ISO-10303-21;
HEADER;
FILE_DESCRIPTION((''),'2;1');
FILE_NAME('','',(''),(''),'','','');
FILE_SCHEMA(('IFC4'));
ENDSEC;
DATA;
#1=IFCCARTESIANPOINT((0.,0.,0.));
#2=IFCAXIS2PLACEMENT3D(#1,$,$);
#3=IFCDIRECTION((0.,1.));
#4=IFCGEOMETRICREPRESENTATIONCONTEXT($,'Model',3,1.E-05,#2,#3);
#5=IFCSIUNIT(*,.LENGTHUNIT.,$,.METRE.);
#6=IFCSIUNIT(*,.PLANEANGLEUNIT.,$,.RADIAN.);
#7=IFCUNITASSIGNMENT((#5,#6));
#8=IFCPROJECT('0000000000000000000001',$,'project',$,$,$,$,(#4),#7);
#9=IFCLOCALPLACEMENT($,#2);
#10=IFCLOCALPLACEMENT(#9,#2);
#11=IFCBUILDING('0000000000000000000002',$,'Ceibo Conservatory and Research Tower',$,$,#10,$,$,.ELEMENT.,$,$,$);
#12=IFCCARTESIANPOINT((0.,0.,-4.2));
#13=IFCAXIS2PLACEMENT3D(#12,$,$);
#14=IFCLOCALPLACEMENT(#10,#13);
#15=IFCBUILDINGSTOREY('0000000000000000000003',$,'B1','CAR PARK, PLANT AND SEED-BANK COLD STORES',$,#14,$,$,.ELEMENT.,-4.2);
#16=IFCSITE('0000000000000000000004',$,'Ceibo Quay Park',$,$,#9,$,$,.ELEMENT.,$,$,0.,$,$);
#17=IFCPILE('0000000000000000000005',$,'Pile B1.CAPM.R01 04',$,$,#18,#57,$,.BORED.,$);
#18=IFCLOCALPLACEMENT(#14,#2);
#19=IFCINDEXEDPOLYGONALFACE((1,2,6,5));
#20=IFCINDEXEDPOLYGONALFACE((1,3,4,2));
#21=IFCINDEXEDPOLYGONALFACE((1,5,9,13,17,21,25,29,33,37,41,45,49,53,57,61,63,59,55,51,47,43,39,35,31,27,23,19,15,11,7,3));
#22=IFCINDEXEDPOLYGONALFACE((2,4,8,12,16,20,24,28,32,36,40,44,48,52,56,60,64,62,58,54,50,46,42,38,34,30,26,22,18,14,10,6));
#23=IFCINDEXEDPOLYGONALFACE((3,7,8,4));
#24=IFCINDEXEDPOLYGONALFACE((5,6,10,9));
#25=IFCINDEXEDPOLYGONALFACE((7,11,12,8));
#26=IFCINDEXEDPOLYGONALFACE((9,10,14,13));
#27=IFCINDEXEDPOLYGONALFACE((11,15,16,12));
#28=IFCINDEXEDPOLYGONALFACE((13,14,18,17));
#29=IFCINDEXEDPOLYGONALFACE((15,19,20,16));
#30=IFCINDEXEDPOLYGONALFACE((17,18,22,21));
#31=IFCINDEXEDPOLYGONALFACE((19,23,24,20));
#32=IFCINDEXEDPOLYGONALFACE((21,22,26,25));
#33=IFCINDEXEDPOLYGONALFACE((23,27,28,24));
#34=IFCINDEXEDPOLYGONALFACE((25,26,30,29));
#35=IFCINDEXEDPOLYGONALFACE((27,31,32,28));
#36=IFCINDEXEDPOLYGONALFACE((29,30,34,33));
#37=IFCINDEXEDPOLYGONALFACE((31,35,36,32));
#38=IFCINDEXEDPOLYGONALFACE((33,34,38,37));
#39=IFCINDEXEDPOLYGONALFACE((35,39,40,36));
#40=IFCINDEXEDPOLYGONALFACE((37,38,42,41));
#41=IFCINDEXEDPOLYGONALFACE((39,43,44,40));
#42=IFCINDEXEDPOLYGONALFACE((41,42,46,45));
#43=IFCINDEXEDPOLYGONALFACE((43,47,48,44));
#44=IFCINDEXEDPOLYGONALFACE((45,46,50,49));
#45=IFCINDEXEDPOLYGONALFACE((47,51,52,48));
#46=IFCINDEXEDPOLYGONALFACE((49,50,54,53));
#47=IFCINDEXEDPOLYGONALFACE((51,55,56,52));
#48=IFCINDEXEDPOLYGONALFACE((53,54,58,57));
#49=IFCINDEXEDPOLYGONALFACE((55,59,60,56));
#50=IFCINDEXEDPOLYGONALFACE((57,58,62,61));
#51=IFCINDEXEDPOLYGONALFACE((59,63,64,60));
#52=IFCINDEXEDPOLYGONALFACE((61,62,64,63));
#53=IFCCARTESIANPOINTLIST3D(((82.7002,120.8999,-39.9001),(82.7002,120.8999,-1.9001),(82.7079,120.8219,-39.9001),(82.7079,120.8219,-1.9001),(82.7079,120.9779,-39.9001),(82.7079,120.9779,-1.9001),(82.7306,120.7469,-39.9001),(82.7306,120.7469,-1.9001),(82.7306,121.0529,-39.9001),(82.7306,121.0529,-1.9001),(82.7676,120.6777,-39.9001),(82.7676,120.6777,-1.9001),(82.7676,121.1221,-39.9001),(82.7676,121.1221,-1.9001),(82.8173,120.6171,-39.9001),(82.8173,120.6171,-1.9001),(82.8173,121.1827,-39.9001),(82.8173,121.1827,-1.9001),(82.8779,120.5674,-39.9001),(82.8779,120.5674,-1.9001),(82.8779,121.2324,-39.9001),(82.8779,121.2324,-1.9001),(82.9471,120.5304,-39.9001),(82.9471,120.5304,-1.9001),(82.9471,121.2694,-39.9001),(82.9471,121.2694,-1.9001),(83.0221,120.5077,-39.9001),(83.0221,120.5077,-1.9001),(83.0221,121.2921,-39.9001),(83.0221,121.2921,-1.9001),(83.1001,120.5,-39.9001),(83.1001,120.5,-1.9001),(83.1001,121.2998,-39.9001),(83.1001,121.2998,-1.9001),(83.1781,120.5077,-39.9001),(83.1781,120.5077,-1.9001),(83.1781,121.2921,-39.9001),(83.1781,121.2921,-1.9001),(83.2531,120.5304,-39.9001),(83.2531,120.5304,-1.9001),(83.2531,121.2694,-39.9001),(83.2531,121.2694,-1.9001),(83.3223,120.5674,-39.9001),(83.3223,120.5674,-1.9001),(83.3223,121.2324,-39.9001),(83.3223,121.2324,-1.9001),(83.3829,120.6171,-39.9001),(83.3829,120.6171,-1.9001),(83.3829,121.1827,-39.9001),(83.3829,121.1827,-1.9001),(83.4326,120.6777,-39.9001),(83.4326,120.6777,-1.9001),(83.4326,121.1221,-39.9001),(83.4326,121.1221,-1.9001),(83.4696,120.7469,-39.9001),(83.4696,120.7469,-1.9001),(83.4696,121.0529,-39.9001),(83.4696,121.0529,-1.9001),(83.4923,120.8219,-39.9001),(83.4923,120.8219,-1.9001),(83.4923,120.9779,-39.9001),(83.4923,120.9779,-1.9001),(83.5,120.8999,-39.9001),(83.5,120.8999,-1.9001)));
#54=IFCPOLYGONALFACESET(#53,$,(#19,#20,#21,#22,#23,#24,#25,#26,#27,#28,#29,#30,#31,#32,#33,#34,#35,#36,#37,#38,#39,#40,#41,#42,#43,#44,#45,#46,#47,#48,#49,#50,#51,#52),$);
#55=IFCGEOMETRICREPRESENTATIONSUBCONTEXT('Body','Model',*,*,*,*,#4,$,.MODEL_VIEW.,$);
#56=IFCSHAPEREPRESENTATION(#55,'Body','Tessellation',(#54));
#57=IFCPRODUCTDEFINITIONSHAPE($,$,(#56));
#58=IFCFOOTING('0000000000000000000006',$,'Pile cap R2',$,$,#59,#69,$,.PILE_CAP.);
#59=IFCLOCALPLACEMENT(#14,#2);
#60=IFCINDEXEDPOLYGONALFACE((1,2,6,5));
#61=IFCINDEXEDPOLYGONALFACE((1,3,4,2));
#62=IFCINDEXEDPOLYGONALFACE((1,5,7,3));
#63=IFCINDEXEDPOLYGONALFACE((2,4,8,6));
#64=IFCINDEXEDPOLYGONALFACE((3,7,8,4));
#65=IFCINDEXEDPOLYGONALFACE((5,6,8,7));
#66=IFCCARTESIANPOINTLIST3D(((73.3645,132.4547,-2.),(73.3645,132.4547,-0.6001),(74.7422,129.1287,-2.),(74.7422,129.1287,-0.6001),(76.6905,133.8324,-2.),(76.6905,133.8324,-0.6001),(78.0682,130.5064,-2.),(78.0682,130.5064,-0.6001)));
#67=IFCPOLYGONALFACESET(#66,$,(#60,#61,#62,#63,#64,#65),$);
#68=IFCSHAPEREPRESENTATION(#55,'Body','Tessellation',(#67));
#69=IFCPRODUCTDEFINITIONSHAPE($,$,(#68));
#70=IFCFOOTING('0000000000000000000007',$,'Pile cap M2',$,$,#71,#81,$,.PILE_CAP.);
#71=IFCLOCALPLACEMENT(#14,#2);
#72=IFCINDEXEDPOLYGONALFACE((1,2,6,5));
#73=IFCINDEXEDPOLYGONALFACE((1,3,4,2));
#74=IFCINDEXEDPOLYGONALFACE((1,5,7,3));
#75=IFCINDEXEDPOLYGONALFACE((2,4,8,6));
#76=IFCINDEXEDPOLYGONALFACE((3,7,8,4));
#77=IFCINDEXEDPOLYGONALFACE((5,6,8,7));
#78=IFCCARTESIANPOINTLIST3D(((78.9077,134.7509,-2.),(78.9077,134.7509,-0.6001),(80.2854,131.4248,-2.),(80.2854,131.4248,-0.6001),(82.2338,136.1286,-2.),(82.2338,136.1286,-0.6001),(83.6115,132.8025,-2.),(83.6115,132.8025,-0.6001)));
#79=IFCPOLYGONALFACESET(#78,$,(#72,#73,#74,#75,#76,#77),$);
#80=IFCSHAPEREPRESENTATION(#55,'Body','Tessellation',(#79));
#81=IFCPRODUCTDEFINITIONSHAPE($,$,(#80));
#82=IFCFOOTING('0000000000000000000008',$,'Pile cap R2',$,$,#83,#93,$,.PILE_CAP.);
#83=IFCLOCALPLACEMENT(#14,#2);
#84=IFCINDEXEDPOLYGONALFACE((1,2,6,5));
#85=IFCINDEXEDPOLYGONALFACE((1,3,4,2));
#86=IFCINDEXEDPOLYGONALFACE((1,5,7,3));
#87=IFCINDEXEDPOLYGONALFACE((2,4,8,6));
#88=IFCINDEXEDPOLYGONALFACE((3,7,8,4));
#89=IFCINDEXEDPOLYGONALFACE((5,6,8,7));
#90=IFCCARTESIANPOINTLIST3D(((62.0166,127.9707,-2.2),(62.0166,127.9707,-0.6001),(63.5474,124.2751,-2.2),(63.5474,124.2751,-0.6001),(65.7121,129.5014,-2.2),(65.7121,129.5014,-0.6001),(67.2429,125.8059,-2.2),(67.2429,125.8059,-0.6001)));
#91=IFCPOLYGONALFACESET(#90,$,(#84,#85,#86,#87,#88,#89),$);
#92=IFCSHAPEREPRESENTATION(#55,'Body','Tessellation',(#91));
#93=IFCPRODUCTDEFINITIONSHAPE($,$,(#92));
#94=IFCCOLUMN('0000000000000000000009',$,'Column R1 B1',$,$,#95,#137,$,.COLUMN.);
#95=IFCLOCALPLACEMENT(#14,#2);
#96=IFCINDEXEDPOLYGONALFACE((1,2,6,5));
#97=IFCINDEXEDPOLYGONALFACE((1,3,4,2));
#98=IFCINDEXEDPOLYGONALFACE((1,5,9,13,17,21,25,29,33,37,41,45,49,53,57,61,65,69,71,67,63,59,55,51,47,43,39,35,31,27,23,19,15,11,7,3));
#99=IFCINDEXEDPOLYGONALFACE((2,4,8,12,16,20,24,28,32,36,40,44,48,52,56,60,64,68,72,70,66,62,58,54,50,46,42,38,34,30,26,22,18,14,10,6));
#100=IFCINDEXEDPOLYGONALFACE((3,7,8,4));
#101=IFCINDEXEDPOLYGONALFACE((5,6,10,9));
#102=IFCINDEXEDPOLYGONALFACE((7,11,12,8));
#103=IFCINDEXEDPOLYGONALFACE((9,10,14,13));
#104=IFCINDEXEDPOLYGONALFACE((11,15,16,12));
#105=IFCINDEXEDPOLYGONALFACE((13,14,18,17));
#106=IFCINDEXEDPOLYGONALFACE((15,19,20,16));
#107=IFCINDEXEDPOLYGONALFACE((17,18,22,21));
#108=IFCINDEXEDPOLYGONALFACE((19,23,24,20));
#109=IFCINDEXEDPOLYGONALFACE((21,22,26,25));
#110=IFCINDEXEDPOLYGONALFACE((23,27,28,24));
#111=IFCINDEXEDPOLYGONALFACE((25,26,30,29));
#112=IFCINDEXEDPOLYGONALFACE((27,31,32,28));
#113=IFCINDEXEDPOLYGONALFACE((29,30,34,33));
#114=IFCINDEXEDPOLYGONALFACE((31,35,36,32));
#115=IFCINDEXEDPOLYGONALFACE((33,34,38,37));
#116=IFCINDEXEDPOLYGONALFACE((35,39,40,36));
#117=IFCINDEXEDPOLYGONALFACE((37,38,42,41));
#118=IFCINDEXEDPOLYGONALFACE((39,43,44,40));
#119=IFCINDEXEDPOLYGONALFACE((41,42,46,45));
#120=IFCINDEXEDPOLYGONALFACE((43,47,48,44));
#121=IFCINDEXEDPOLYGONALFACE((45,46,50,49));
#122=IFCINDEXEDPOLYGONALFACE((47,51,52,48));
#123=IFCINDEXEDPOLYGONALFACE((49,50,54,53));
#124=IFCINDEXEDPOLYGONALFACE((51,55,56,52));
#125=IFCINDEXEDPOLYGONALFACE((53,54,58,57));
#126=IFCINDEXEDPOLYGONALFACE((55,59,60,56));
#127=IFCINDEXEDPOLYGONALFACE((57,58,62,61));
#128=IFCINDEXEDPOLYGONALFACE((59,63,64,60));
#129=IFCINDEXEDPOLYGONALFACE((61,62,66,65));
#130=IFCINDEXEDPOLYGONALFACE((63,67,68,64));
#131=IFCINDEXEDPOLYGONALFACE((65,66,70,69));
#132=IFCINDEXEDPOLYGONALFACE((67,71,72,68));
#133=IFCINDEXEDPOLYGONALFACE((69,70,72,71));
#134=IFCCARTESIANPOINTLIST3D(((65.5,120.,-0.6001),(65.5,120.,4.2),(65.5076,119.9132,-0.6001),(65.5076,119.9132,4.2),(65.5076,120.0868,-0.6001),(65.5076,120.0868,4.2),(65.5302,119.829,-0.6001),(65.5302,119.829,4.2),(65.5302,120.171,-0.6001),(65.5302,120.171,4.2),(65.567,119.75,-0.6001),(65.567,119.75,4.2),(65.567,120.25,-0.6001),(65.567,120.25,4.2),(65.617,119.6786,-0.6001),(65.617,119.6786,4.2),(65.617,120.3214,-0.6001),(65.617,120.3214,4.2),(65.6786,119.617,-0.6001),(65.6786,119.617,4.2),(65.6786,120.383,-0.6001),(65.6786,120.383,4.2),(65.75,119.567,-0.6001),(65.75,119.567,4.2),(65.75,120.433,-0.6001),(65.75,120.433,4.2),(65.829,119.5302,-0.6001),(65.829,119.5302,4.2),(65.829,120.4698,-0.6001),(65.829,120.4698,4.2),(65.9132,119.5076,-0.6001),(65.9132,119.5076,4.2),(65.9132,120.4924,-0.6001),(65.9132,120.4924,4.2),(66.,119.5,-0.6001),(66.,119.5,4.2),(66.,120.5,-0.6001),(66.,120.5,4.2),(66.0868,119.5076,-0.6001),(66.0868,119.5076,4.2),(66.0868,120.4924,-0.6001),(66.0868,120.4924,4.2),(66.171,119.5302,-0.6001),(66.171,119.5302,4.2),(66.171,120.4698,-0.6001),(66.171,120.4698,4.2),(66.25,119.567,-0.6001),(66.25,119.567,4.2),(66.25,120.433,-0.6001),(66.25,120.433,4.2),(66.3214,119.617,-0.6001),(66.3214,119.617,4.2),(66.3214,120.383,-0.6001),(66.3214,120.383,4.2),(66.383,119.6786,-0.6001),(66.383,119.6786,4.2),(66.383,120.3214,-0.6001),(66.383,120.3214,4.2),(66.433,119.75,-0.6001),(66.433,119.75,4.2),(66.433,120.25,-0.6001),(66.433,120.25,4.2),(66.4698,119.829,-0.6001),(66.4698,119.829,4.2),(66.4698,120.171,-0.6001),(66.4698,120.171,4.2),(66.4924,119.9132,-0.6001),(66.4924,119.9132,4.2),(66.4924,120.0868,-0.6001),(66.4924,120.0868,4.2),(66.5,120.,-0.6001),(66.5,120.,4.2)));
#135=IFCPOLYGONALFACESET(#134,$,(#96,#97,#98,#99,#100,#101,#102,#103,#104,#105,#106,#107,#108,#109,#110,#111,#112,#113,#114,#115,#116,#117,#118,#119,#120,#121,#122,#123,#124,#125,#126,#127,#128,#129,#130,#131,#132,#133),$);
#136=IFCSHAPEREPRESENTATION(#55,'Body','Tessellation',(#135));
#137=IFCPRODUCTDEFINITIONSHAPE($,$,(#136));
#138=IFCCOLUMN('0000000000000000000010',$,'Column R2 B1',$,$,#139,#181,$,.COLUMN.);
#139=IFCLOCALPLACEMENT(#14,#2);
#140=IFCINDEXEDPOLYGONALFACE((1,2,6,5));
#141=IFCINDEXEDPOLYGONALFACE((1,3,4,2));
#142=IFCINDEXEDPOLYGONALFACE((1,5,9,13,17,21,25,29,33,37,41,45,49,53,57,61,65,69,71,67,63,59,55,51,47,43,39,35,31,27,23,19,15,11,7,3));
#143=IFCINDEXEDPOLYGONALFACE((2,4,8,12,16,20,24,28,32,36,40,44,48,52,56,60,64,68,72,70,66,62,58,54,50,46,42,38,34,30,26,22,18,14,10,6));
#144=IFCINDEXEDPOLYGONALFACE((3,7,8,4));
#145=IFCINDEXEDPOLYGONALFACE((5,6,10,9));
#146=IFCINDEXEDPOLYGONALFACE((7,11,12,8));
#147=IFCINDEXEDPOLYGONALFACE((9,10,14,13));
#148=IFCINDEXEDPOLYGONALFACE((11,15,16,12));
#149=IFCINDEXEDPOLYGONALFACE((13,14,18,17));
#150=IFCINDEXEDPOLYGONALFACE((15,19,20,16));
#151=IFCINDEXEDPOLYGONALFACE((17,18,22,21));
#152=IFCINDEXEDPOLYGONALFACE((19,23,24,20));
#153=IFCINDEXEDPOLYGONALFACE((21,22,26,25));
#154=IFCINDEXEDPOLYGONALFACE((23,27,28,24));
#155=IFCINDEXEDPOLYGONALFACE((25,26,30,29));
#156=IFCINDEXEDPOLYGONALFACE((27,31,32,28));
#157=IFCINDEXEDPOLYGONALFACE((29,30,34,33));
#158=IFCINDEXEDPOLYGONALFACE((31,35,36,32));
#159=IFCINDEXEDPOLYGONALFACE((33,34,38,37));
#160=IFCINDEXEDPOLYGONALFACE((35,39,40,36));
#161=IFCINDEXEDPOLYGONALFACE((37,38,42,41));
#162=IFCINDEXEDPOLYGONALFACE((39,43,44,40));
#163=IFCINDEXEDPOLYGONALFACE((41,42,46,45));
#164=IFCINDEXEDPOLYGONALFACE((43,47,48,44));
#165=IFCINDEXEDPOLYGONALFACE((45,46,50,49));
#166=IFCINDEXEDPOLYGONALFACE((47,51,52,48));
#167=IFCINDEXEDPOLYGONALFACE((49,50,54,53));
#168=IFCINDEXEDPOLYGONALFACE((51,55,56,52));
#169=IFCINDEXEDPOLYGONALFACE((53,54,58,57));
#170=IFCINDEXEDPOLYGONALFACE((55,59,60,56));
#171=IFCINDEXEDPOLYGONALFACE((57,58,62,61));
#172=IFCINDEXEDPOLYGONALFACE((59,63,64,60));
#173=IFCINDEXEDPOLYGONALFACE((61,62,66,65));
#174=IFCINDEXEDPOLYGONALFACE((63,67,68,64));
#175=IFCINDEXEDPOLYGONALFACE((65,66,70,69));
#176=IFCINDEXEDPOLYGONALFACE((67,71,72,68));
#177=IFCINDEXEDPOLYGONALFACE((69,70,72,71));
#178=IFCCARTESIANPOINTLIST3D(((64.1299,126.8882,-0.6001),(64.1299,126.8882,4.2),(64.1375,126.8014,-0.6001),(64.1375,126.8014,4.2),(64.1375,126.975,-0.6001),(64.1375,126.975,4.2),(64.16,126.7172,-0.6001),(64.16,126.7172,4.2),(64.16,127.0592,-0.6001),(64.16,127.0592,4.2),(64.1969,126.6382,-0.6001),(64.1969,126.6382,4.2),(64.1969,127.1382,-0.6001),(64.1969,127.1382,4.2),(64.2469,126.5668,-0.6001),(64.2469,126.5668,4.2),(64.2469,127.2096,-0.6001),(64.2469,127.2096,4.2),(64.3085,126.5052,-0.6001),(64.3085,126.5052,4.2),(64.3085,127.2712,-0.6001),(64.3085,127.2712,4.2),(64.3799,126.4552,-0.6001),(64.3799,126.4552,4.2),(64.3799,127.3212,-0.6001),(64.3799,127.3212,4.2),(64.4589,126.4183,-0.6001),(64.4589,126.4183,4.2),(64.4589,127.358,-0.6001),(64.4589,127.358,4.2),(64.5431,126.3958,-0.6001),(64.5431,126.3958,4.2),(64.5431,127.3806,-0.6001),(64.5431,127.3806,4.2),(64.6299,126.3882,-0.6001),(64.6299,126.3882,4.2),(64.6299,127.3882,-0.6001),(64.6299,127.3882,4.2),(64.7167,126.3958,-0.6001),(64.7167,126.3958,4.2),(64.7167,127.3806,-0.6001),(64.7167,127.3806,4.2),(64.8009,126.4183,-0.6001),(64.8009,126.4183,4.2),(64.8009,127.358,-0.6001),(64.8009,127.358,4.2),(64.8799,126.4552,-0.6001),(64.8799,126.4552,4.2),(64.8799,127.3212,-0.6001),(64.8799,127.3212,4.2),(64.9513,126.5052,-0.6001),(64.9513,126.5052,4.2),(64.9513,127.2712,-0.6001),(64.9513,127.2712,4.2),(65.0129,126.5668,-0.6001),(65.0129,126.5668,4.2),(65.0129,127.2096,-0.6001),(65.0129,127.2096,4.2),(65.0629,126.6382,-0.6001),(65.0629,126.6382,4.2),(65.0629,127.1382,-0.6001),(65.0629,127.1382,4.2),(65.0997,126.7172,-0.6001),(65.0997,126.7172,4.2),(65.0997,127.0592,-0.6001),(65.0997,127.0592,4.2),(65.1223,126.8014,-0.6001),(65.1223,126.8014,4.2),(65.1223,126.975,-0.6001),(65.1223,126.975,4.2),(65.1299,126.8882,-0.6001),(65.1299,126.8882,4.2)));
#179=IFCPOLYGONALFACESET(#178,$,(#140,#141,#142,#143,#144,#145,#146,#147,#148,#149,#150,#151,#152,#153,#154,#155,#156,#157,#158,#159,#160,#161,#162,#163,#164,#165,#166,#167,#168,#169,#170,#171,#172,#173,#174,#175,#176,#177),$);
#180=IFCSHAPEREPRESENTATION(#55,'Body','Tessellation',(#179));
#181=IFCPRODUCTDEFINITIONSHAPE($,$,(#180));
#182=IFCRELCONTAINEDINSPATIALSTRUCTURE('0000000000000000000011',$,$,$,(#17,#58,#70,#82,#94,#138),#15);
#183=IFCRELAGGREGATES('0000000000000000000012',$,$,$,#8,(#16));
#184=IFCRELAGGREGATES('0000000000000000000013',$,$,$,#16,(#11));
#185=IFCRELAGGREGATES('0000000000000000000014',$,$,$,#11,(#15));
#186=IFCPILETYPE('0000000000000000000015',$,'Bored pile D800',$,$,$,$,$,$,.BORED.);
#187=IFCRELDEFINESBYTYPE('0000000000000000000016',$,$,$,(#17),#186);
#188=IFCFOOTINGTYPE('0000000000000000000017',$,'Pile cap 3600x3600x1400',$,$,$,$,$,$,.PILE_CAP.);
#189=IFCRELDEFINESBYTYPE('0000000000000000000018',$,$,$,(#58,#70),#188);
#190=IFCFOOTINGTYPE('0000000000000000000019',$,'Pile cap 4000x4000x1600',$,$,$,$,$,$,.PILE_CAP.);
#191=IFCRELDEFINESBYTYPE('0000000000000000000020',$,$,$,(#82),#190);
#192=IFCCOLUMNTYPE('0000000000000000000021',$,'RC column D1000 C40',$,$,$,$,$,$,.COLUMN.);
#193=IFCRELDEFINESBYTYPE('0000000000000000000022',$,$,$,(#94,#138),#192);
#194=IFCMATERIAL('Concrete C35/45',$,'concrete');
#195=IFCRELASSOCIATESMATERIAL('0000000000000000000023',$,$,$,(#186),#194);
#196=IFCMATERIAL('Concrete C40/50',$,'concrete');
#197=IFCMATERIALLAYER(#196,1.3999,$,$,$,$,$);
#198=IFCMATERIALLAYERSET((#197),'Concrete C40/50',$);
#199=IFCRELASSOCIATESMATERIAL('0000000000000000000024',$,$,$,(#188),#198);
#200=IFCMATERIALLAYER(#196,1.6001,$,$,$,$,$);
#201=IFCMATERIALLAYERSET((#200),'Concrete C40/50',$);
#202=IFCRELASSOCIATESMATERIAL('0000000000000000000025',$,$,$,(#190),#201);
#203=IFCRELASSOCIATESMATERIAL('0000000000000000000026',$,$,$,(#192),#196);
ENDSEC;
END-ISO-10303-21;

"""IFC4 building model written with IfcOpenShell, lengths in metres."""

from ifc_helpers import new_model, si_unit, direction, frame, origin, origin_2d, place, context, subcontext, project, spatial, polyline, circle, outline, extrude, material, layer, layer_set, material_profile, profile_set, type_object, element, save


model = new_model("IFC4")

# Units and contexts
model_context = context("Model", 3, precision=1e-05, world=origin(), true_north=direction((0.0, 1.0)))
body_context = subcontext(model_context, "Body", "Model", "MODEL_VIEW")
ifc_project = project(units=[si_unit("LENGTHUNIT", "METRE"), si_unit("PLANEANGLEUNIT", "RADIAN")], contexts=[model_context])

# Site, building, storey
site_placement = place(None, origin())
site = spatial("IfcSite", under=ifc_project, at=site_placement, Name="Ceibo Quay Park", CompositionType="ELEMENT", RefElevation=0.0)
building_placement = place(site_placement, origin())
building = spatial("IfcBuilding", under=site, at=building_placement, Name="Ceibo Conservatory and Research Tower", CompositionType="ELEMENT")
storey_placement = place(building_placement, frame((0.0, 0.0, -4.2)))
storey = spatial("IfcBuildingStorey", under=building, at=storey_placement, Name="B1", Description="CAR PARK, PLANT AND SEED-BANK COLD STORES", CompositionType="ELEMENT", Elevation=-4.2)

# Pile
ifc_material_1 = material(Name="Concrete C35/45", Category="concrete")
ifc_material_profile_1 = material_profile(ifc_material_1, circle(Radius=0.3999, at=origin_2d()), Name="RC D800")
ifc_profile_set_1 = profile_set([ifc_material_profile_1], Name="Concrete C35/45")
pile_type_1 = type_object("IfcPileType", Name="Bored pile D800", PredefinedType="BORED", material=ifc_profile_set_1)
for number, where, z_axis, x_axis, name in (
    (1, (83.1001, 120.8999, -1.9001), (0.0, 0.0, -1.0), (1.0, 0.0, 0.0), "Pile B1.CAPM.R01 04"),
):
    element("IfcPile", number, at=place(storey_placement, frame(where, z_axis=z_axis, x_axis=x_axis)), inside=storey, type_object=pile_type_1, Name=name, PredefinedType="BORED", context=body_context, shape_type="SweptSolid", body=[
        extrude(circle(Radius=0.3999, at=origin_2d()), origin(), (0.0, 0.0, 1.0), 38.0),
    ])

# Footings
ifc_material_2 = material(Name="Concrete C40/50", Category="concrete")
ifc_layer_1 = layer(ifc_material_2, 1.3999)
ifc_layer_set_1 = layer_set([ifc_layer_1], Name="Concrete C40/50")
footing_type_1 = type_object("IfcFootingType", Name="Pile cap 3600x3600x1400", PredefinedType="PILE_CAP", material=ifc_layer_set_1)
for number, where, z_axis, x_axis, name in (
    (2, (74.7422, 129.1287, -2.0), (0.0, 0.0, 1.0), (0.92388, 0.382683, 0.0), "Pile cap R2"),
    (3, (80.2854, 131.4248, -2.0), (0.0, 0.0, 1.0), (0.92388, 0.382683, 0.0), "Pile cap M2"),
):
    element("IfcFooting", number, at=place(storey_placement, frame(where, z_axis=z_axis, x_axis=x_axis)), inside=storey, type_object=footing_type_1, Name=name, PredefinedType="PILE_CAP", context=body_context, shape_type="SweptSolid", body=[
        extrude(outline(polyline([(0.0, 0.0), (3.6001, 0.0), (3.6001, 3.6001), (0.0, 3.6001), (0.0, 0.0)])), origin(), (0.0, 0.0, 1.0), 1.3999),
    ])
ifc_layer_2 = layer(ifc_material_2, 1.6001)
ifc_layer_set_2 = layer_set([ifc_layer_2], Name="Concrete C40/50")
footing_type_2 = type_object("IfcFootingType", Name="Pile cap 4000x4000x1600", PredefinedType="PILE_CAP", material=ifc_layer_set_2)
footing_placement = place(storey_placement, frame((63.5474, 124.2751, -2.2), z_axis=(0.0, 0.0, 1.0), x_axis=(0.92388, 0.382684, 0.0)))
element("IfcFooting", 4, at=footing_placement, inside=storey, type_object=footing_type_2, Name="Pile cap R2", PredefinedType="PILE_CAP", context=body_context, shape_type="SweptSolid", body=[
    extrude(outline(polyline([(0.0, 0.0), (4.0, 0.0), (4.0, 4.0), (0.0, 4.0), (0.0, 0.0)])), origin(), (0.0, 0.0, 1.0), 1.5999),
])

# Columns
ifc_material_profile_2 = material_profile(ifc_material_2, circle(Radius=0.5, at=origin_2d()), Name="RC D1000")
ifc_profile_set_2 = profile_set([ifc_material_profile_2], Name="Concrete C40/50")
column_type_1 = type_object("IfcColumnType", Name="RC column D1000 C40", PredefinedType="COLUMN", material=ifc_profile_set_2)
for number, where, z_axis, x_axis, name in (
    (5, (66.0, 120.0, -0.6001), (0.0, 0.0, 1.0), (1.0, 0.0, 0.0), "Column R1 B1"),
    (6, (64.6299, 126.8882, -0.6001), (0.0, 0.0, 1.0), (1.0, 0.0, 0.0), "Column R2 B1"),
):
    element("IfcColumn", number, at=place(storey_placement, frame(where, z_axis=z_axis, x_axis=x_axis)), inside=storey, type_object=column_type_1, Name=name, PredefinedType="COLUMN", context=body_context, shape_type="SweptSolid", body=[
        extrude(circle(Radius=0.5, at=origin_2d()), origin(), (0.0, 0.0, 1.0), 4.8),
    ])

save(model, "model.ifc")
